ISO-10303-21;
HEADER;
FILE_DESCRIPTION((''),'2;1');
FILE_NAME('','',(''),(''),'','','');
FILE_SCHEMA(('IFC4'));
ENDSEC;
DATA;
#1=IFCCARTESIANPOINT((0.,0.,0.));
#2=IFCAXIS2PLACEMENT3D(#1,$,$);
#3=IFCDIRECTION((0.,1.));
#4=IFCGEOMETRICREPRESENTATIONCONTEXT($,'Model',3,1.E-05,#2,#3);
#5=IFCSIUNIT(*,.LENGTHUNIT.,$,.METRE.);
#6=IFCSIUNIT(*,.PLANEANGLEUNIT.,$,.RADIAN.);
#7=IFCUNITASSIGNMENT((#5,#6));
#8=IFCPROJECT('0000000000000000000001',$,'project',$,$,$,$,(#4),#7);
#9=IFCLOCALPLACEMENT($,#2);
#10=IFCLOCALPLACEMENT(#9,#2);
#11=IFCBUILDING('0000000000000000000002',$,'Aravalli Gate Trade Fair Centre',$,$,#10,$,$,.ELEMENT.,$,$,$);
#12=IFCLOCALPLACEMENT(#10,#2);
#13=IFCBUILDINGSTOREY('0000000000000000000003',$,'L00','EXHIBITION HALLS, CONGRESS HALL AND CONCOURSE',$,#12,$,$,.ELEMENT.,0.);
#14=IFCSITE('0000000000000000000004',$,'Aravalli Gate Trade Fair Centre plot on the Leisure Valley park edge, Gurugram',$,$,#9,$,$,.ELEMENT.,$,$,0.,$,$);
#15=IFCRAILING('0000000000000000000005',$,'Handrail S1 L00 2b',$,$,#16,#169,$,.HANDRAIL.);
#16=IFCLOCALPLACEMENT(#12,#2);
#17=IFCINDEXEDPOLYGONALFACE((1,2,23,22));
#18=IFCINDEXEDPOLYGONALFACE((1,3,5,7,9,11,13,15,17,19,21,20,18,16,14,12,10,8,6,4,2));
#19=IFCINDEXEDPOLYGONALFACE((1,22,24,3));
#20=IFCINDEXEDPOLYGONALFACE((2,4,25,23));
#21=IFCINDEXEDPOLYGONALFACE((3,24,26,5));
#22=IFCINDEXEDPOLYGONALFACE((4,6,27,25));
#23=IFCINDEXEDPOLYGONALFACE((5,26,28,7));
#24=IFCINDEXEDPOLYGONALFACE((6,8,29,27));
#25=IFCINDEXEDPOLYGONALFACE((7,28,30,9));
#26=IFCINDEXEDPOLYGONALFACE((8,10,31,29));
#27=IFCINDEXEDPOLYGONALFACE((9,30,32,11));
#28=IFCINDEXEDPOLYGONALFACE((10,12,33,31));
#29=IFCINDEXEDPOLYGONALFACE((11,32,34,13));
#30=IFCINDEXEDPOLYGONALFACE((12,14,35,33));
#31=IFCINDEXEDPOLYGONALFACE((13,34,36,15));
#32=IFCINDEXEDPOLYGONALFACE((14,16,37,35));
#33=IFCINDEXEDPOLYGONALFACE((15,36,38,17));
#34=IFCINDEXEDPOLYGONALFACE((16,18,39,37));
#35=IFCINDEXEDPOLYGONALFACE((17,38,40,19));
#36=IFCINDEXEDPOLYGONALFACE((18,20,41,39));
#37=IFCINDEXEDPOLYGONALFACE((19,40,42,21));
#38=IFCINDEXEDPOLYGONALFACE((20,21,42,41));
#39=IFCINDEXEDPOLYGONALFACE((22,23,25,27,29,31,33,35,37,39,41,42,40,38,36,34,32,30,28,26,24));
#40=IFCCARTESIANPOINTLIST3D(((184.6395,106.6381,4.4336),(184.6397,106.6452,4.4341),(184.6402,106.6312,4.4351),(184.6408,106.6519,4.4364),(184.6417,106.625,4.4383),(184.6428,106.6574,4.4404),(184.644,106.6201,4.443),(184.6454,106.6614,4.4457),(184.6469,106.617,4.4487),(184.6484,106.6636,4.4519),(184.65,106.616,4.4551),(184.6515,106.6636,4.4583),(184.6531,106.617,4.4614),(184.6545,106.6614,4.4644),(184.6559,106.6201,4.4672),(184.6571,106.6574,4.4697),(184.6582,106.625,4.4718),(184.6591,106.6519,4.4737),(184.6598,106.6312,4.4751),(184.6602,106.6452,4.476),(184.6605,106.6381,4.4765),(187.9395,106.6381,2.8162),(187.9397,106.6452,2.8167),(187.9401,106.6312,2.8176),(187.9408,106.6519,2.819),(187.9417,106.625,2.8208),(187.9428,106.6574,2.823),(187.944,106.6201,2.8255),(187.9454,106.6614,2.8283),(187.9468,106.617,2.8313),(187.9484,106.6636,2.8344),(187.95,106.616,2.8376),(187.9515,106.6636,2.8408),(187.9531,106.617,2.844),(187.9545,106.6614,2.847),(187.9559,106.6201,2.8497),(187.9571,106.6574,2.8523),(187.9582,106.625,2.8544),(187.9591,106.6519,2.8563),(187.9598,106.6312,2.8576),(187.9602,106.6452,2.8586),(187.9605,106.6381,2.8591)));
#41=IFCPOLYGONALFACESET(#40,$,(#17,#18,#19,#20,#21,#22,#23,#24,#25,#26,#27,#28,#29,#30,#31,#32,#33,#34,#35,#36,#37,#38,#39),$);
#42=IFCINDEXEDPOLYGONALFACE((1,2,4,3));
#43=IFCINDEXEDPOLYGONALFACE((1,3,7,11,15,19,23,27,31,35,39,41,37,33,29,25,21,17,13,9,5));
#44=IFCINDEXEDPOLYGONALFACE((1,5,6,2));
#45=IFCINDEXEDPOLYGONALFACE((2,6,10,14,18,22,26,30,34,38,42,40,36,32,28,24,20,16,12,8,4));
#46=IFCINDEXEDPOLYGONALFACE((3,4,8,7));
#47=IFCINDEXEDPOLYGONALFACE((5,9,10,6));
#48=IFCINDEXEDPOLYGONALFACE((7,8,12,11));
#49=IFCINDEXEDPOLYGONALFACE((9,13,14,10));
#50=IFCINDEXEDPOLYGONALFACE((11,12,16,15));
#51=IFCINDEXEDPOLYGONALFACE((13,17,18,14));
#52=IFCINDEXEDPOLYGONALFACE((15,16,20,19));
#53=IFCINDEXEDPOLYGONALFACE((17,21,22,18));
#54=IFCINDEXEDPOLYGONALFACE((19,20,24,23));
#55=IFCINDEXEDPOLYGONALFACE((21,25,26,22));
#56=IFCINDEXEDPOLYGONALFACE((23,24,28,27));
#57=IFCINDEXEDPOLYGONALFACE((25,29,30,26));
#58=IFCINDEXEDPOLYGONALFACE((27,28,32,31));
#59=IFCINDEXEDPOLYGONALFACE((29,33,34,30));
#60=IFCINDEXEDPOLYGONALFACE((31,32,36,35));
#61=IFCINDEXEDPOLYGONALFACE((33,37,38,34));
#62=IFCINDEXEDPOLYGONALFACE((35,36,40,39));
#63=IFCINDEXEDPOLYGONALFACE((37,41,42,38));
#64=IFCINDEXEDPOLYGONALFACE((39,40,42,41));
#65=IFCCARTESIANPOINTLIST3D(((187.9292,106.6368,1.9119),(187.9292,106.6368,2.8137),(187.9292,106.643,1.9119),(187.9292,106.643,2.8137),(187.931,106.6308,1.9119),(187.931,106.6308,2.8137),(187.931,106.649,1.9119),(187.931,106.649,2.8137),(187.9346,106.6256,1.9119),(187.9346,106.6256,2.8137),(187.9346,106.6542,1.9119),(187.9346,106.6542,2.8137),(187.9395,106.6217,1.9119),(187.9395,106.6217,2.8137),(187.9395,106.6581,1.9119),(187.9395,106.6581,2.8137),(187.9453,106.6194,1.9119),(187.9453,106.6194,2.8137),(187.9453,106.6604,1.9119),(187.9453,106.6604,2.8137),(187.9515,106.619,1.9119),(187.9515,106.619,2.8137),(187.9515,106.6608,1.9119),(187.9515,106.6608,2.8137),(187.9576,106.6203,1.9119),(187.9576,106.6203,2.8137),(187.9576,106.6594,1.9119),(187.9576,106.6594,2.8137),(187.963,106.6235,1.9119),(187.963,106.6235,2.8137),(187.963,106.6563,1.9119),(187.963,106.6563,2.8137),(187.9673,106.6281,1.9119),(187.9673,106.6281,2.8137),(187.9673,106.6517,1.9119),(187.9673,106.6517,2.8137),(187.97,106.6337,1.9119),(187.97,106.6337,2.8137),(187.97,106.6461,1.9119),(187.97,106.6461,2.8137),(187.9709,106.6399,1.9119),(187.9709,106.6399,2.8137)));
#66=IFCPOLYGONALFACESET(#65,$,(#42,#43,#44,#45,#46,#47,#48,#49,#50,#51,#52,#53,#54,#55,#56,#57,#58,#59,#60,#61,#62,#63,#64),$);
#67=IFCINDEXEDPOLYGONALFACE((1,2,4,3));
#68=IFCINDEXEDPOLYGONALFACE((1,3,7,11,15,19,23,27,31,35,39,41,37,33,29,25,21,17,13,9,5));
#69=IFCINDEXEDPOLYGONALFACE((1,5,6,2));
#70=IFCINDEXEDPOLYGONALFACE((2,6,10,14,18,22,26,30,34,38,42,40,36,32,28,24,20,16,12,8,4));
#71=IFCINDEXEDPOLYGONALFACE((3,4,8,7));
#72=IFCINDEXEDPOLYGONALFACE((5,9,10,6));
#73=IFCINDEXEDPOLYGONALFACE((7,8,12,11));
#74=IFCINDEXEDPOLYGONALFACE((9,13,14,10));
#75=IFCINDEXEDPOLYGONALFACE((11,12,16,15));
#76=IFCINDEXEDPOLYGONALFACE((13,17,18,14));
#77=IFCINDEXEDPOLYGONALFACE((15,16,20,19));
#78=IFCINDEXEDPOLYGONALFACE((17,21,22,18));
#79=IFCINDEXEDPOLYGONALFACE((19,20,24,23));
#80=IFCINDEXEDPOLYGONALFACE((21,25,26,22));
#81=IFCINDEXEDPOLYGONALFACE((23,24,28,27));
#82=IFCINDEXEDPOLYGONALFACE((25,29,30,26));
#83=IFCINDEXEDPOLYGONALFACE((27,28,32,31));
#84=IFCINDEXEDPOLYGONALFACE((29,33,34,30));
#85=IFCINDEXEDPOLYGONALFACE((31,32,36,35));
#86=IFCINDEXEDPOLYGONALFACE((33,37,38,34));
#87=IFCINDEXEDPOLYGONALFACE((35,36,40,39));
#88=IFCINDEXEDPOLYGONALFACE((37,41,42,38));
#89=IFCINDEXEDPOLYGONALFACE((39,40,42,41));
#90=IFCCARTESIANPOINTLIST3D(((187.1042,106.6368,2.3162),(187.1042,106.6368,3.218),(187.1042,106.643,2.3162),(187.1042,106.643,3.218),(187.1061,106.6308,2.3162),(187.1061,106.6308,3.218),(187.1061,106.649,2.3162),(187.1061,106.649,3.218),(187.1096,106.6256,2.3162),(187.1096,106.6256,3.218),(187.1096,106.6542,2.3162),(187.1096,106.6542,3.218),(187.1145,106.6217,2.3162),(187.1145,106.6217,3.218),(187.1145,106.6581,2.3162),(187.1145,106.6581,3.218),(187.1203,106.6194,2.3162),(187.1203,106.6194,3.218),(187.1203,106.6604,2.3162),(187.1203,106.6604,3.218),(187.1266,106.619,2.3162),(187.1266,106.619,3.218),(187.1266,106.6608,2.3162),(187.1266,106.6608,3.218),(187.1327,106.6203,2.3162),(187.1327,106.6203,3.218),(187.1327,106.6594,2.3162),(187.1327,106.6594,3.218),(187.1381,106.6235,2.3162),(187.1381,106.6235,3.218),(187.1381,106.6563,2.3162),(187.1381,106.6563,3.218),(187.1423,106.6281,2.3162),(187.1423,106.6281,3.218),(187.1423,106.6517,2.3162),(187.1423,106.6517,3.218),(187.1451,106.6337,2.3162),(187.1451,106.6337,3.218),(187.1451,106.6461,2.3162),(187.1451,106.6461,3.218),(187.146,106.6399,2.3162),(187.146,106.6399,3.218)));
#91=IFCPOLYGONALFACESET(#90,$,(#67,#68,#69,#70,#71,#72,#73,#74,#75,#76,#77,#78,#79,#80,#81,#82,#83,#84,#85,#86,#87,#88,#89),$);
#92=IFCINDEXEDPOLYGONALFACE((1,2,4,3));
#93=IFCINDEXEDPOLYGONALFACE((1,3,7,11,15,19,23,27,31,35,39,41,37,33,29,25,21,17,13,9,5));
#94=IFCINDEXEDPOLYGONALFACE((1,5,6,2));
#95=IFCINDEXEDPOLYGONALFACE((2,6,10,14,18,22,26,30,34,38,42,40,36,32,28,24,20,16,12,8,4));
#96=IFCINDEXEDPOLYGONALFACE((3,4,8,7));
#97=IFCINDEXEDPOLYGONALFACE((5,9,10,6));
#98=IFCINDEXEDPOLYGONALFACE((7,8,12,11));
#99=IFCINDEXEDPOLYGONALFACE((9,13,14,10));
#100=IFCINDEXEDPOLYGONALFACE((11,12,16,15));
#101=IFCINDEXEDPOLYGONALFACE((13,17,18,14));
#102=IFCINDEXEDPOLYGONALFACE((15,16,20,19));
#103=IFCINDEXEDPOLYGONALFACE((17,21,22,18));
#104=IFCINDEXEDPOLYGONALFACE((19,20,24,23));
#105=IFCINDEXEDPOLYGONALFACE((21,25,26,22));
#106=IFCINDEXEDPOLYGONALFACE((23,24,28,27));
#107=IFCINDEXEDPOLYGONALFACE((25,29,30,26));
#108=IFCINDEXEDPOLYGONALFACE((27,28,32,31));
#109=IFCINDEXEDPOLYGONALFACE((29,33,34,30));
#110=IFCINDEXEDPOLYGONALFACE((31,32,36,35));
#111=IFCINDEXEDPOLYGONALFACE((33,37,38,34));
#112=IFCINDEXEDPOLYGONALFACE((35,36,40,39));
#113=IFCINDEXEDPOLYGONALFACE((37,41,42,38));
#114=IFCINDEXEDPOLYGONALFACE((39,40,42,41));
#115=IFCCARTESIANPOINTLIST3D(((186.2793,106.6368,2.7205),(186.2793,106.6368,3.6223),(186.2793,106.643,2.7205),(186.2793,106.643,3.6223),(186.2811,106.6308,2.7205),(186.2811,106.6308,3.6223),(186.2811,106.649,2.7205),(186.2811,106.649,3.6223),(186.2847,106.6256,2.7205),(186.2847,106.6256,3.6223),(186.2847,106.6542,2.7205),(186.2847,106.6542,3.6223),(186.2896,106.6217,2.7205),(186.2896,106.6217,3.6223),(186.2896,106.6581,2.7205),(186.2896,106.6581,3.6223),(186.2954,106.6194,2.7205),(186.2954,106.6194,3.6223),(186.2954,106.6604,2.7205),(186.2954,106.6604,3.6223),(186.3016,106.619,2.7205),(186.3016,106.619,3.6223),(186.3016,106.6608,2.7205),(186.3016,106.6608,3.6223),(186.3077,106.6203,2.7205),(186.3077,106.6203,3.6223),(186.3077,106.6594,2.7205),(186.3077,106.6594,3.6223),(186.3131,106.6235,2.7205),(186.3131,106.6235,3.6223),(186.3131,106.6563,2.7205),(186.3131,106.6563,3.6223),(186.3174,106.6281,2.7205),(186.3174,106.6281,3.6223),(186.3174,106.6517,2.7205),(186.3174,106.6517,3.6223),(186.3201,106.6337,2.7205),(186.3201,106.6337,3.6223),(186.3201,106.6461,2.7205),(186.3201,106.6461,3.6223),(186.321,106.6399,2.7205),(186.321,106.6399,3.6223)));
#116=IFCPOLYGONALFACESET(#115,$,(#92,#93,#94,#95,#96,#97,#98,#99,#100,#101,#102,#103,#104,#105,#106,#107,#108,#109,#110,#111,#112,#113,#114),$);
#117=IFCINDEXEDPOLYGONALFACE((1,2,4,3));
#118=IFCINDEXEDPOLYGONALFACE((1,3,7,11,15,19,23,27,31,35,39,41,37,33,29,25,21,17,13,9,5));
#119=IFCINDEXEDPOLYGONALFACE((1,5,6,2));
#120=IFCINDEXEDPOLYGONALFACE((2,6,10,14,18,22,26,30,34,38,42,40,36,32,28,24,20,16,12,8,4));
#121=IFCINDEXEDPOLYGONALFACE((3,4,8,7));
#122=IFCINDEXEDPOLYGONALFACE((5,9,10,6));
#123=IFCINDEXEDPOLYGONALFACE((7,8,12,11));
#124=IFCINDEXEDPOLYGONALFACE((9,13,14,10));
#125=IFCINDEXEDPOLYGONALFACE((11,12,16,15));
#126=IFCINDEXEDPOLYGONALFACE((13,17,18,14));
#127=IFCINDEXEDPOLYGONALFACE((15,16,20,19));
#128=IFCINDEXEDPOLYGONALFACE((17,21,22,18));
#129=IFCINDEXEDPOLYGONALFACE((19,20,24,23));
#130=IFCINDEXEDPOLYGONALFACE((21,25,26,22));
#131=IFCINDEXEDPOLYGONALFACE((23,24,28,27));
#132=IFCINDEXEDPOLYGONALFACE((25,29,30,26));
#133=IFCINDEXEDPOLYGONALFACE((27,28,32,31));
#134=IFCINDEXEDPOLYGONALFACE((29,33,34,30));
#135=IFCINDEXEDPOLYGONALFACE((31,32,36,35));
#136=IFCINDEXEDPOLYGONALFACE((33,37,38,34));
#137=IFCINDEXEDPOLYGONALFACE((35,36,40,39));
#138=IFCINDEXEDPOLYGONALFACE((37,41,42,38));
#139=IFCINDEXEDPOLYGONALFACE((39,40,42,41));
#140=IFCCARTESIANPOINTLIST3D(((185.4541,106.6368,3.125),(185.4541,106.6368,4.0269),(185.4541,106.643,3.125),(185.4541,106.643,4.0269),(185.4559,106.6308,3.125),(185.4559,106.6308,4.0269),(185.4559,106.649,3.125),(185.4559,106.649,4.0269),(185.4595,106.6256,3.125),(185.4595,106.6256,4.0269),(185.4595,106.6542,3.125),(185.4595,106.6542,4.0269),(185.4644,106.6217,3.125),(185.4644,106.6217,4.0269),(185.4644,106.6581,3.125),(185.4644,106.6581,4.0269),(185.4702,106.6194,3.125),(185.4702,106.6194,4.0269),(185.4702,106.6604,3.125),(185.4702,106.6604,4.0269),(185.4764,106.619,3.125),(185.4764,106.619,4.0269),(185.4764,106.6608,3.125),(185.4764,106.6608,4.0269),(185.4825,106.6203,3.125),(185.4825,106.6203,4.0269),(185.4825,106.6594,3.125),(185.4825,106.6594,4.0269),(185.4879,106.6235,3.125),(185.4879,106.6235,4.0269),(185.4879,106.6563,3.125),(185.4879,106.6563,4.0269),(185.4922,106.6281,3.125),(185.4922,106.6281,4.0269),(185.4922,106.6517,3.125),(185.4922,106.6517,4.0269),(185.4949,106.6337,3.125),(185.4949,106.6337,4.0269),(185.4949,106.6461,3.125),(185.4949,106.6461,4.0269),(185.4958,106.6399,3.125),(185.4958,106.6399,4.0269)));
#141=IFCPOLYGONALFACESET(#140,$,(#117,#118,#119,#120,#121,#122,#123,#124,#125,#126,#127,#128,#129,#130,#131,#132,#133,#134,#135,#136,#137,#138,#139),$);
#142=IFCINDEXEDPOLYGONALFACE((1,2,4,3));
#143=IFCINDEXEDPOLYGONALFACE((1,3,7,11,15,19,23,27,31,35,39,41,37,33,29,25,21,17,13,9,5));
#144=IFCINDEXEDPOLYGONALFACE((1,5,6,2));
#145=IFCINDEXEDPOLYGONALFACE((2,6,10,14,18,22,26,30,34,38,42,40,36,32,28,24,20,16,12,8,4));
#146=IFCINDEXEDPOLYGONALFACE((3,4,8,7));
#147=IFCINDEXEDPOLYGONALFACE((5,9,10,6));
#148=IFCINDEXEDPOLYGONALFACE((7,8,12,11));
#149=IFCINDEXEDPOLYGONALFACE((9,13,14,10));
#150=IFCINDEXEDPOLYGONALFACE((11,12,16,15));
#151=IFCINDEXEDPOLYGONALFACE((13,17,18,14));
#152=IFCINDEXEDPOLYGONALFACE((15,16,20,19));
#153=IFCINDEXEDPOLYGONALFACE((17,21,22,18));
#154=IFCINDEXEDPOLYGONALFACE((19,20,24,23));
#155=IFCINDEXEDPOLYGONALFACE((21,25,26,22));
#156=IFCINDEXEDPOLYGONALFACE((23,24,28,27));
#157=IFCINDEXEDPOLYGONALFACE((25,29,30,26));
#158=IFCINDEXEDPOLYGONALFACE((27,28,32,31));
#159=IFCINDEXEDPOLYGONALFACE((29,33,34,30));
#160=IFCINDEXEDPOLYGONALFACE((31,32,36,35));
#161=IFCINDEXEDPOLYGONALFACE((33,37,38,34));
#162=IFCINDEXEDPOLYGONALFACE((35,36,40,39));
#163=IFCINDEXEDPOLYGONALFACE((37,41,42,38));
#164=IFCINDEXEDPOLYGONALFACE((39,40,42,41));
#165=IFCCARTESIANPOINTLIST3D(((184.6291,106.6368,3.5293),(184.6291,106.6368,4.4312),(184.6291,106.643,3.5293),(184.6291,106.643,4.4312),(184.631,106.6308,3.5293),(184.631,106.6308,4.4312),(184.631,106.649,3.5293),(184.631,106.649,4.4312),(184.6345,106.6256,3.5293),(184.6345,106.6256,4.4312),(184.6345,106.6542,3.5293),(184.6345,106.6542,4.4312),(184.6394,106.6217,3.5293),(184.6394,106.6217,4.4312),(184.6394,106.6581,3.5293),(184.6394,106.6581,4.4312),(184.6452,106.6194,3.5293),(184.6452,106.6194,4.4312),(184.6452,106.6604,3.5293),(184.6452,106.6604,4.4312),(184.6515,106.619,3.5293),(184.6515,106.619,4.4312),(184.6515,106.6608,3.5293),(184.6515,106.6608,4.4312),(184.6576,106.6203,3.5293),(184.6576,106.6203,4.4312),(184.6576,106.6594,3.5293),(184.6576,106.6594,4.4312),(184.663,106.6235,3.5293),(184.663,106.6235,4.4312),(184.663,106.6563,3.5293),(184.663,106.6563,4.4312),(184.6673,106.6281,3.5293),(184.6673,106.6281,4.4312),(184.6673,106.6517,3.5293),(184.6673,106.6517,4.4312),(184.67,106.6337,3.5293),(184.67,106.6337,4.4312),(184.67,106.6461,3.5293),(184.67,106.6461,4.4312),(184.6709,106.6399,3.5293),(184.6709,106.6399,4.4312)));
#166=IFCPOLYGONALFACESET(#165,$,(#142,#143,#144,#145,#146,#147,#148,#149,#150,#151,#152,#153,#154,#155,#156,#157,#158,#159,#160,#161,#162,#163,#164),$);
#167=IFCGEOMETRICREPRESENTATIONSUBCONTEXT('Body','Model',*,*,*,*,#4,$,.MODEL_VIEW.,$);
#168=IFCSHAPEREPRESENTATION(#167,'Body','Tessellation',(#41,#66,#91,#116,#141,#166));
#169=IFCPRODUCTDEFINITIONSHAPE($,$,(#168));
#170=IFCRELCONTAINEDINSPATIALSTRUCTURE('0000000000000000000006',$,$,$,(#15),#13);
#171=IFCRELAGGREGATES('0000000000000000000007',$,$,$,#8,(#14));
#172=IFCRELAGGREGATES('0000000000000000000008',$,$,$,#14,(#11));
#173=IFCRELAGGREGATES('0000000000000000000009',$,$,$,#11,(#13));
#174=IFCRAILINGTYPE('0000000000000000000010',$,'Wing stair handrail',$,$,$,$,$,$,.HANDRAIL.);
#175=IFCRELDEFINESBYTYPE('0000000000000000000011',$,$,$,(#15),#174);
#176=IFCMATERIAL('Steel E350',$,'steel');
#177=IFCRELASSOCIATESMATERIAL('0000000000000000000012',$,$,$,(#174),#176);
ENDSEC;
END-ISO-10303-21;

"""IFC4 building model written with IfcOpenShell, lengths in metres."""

from ifc_helpers import new_model, si_unit, direction, frame, origin, origin_2d, place, context, subcontext, project, spatial, circle, extrude, material, type_object, element, save


model = new_model("IFC4")

# Units and contexts
model_context = context("Model", 3, precision=1e-05, world=origin(), true_north=direction((0.0, 1.0)))
body_context = subcontext(model_context, "Body", "Model", "MODEL_VIEW")
ifc_project = project(units=[si_unit("LENGTHUNIT", "METRE"), si_unit("PLANEANGLEUNIT", "RADIAN")], contexts=[model_context])

# Site, building, storey
site_placement = place(None, origin())
site = spatial("IfcSite", under=ifc_project, at=site_placement, Name="Aravalli Gate Trade Fair Centre plot on the Leisure Valley park edge, Gurugram", CompositionType="ELEMENT", RefElevation=0.0)
building_placement = place(site_placement, origin())
building = spatial("IfcBuilding", under=site, at=building_placement, Name="Aravalli Gate Trade Fair Centre", CompositionType="ELEMENT")
storey_placement = place(building_placement, origin())
storey = spatial("IfcBuildingStorey", under=building, at=storey_placement, Name="L00", Description="EXHIBITION HALLS, CONGRESS HALL AND CONCOURSE", CompositionType="ELEMENT", Elevation=0.0)

# Shared definitions
ifc_material_1 = material(Name="Steel E350", Category="steel")

# Railing
railing_type_1 = type_object("IfcRailingType", Name="Wing stair handrail", PredefinedType="HANDRAIL", material=ifc_material_1)
for number, where, name in (
    (1, (187.95, 106.6399, 1.9119), "Handrail S1 L00 2b"),
):
    element("IfcRailing", number, at=place(storey_placement, frame(where)), inside=storey, type_object=railing_type_1, Name=name, PredefinedType="HANDRAIL", context=body_context, shape_type="SweptSolid", body=[
        extrude(circle(Radius=0.0239, at=origin_2d()), frame((0.0, 0.0, 0.9258), z_axis=(-0.897946, 0.0, 0.440105), x_axis=(0.0, -1.0, 0.0)), (0.0, 0.0, 1.0), 3.675),
        extrude(circle(Radius=0.021, at=origin_2d()), origin(), (0.0, 0.0, 1.0), 0.9019),
        extrude(circle(Radius=0.021, at=origin_2d()), frame((-0.825, 0.0, 0.4043)), (0.0, 0.0, 1.0), 0.9019),
        extrude(circle(Radius=0.021, at=origin_2d()), frame((-1.6499, 0.0, 0.8086)), (0.0, 0.0, 1.0), 0.9019),
        extrude(circle(Radius=0.021, at=origin_2d()), frame((-2.4751, 0.0, 1.2131)), (0.0, 0.0, 1.0), 0.9019),
        extrude(circle(Radius=0.021, at=origin_2d()), frame((-3.3, 0.0, 1.6174)), (0.0, 0.0, 1.0), 0.9019),
    ])

save(model, "model.ifc")
